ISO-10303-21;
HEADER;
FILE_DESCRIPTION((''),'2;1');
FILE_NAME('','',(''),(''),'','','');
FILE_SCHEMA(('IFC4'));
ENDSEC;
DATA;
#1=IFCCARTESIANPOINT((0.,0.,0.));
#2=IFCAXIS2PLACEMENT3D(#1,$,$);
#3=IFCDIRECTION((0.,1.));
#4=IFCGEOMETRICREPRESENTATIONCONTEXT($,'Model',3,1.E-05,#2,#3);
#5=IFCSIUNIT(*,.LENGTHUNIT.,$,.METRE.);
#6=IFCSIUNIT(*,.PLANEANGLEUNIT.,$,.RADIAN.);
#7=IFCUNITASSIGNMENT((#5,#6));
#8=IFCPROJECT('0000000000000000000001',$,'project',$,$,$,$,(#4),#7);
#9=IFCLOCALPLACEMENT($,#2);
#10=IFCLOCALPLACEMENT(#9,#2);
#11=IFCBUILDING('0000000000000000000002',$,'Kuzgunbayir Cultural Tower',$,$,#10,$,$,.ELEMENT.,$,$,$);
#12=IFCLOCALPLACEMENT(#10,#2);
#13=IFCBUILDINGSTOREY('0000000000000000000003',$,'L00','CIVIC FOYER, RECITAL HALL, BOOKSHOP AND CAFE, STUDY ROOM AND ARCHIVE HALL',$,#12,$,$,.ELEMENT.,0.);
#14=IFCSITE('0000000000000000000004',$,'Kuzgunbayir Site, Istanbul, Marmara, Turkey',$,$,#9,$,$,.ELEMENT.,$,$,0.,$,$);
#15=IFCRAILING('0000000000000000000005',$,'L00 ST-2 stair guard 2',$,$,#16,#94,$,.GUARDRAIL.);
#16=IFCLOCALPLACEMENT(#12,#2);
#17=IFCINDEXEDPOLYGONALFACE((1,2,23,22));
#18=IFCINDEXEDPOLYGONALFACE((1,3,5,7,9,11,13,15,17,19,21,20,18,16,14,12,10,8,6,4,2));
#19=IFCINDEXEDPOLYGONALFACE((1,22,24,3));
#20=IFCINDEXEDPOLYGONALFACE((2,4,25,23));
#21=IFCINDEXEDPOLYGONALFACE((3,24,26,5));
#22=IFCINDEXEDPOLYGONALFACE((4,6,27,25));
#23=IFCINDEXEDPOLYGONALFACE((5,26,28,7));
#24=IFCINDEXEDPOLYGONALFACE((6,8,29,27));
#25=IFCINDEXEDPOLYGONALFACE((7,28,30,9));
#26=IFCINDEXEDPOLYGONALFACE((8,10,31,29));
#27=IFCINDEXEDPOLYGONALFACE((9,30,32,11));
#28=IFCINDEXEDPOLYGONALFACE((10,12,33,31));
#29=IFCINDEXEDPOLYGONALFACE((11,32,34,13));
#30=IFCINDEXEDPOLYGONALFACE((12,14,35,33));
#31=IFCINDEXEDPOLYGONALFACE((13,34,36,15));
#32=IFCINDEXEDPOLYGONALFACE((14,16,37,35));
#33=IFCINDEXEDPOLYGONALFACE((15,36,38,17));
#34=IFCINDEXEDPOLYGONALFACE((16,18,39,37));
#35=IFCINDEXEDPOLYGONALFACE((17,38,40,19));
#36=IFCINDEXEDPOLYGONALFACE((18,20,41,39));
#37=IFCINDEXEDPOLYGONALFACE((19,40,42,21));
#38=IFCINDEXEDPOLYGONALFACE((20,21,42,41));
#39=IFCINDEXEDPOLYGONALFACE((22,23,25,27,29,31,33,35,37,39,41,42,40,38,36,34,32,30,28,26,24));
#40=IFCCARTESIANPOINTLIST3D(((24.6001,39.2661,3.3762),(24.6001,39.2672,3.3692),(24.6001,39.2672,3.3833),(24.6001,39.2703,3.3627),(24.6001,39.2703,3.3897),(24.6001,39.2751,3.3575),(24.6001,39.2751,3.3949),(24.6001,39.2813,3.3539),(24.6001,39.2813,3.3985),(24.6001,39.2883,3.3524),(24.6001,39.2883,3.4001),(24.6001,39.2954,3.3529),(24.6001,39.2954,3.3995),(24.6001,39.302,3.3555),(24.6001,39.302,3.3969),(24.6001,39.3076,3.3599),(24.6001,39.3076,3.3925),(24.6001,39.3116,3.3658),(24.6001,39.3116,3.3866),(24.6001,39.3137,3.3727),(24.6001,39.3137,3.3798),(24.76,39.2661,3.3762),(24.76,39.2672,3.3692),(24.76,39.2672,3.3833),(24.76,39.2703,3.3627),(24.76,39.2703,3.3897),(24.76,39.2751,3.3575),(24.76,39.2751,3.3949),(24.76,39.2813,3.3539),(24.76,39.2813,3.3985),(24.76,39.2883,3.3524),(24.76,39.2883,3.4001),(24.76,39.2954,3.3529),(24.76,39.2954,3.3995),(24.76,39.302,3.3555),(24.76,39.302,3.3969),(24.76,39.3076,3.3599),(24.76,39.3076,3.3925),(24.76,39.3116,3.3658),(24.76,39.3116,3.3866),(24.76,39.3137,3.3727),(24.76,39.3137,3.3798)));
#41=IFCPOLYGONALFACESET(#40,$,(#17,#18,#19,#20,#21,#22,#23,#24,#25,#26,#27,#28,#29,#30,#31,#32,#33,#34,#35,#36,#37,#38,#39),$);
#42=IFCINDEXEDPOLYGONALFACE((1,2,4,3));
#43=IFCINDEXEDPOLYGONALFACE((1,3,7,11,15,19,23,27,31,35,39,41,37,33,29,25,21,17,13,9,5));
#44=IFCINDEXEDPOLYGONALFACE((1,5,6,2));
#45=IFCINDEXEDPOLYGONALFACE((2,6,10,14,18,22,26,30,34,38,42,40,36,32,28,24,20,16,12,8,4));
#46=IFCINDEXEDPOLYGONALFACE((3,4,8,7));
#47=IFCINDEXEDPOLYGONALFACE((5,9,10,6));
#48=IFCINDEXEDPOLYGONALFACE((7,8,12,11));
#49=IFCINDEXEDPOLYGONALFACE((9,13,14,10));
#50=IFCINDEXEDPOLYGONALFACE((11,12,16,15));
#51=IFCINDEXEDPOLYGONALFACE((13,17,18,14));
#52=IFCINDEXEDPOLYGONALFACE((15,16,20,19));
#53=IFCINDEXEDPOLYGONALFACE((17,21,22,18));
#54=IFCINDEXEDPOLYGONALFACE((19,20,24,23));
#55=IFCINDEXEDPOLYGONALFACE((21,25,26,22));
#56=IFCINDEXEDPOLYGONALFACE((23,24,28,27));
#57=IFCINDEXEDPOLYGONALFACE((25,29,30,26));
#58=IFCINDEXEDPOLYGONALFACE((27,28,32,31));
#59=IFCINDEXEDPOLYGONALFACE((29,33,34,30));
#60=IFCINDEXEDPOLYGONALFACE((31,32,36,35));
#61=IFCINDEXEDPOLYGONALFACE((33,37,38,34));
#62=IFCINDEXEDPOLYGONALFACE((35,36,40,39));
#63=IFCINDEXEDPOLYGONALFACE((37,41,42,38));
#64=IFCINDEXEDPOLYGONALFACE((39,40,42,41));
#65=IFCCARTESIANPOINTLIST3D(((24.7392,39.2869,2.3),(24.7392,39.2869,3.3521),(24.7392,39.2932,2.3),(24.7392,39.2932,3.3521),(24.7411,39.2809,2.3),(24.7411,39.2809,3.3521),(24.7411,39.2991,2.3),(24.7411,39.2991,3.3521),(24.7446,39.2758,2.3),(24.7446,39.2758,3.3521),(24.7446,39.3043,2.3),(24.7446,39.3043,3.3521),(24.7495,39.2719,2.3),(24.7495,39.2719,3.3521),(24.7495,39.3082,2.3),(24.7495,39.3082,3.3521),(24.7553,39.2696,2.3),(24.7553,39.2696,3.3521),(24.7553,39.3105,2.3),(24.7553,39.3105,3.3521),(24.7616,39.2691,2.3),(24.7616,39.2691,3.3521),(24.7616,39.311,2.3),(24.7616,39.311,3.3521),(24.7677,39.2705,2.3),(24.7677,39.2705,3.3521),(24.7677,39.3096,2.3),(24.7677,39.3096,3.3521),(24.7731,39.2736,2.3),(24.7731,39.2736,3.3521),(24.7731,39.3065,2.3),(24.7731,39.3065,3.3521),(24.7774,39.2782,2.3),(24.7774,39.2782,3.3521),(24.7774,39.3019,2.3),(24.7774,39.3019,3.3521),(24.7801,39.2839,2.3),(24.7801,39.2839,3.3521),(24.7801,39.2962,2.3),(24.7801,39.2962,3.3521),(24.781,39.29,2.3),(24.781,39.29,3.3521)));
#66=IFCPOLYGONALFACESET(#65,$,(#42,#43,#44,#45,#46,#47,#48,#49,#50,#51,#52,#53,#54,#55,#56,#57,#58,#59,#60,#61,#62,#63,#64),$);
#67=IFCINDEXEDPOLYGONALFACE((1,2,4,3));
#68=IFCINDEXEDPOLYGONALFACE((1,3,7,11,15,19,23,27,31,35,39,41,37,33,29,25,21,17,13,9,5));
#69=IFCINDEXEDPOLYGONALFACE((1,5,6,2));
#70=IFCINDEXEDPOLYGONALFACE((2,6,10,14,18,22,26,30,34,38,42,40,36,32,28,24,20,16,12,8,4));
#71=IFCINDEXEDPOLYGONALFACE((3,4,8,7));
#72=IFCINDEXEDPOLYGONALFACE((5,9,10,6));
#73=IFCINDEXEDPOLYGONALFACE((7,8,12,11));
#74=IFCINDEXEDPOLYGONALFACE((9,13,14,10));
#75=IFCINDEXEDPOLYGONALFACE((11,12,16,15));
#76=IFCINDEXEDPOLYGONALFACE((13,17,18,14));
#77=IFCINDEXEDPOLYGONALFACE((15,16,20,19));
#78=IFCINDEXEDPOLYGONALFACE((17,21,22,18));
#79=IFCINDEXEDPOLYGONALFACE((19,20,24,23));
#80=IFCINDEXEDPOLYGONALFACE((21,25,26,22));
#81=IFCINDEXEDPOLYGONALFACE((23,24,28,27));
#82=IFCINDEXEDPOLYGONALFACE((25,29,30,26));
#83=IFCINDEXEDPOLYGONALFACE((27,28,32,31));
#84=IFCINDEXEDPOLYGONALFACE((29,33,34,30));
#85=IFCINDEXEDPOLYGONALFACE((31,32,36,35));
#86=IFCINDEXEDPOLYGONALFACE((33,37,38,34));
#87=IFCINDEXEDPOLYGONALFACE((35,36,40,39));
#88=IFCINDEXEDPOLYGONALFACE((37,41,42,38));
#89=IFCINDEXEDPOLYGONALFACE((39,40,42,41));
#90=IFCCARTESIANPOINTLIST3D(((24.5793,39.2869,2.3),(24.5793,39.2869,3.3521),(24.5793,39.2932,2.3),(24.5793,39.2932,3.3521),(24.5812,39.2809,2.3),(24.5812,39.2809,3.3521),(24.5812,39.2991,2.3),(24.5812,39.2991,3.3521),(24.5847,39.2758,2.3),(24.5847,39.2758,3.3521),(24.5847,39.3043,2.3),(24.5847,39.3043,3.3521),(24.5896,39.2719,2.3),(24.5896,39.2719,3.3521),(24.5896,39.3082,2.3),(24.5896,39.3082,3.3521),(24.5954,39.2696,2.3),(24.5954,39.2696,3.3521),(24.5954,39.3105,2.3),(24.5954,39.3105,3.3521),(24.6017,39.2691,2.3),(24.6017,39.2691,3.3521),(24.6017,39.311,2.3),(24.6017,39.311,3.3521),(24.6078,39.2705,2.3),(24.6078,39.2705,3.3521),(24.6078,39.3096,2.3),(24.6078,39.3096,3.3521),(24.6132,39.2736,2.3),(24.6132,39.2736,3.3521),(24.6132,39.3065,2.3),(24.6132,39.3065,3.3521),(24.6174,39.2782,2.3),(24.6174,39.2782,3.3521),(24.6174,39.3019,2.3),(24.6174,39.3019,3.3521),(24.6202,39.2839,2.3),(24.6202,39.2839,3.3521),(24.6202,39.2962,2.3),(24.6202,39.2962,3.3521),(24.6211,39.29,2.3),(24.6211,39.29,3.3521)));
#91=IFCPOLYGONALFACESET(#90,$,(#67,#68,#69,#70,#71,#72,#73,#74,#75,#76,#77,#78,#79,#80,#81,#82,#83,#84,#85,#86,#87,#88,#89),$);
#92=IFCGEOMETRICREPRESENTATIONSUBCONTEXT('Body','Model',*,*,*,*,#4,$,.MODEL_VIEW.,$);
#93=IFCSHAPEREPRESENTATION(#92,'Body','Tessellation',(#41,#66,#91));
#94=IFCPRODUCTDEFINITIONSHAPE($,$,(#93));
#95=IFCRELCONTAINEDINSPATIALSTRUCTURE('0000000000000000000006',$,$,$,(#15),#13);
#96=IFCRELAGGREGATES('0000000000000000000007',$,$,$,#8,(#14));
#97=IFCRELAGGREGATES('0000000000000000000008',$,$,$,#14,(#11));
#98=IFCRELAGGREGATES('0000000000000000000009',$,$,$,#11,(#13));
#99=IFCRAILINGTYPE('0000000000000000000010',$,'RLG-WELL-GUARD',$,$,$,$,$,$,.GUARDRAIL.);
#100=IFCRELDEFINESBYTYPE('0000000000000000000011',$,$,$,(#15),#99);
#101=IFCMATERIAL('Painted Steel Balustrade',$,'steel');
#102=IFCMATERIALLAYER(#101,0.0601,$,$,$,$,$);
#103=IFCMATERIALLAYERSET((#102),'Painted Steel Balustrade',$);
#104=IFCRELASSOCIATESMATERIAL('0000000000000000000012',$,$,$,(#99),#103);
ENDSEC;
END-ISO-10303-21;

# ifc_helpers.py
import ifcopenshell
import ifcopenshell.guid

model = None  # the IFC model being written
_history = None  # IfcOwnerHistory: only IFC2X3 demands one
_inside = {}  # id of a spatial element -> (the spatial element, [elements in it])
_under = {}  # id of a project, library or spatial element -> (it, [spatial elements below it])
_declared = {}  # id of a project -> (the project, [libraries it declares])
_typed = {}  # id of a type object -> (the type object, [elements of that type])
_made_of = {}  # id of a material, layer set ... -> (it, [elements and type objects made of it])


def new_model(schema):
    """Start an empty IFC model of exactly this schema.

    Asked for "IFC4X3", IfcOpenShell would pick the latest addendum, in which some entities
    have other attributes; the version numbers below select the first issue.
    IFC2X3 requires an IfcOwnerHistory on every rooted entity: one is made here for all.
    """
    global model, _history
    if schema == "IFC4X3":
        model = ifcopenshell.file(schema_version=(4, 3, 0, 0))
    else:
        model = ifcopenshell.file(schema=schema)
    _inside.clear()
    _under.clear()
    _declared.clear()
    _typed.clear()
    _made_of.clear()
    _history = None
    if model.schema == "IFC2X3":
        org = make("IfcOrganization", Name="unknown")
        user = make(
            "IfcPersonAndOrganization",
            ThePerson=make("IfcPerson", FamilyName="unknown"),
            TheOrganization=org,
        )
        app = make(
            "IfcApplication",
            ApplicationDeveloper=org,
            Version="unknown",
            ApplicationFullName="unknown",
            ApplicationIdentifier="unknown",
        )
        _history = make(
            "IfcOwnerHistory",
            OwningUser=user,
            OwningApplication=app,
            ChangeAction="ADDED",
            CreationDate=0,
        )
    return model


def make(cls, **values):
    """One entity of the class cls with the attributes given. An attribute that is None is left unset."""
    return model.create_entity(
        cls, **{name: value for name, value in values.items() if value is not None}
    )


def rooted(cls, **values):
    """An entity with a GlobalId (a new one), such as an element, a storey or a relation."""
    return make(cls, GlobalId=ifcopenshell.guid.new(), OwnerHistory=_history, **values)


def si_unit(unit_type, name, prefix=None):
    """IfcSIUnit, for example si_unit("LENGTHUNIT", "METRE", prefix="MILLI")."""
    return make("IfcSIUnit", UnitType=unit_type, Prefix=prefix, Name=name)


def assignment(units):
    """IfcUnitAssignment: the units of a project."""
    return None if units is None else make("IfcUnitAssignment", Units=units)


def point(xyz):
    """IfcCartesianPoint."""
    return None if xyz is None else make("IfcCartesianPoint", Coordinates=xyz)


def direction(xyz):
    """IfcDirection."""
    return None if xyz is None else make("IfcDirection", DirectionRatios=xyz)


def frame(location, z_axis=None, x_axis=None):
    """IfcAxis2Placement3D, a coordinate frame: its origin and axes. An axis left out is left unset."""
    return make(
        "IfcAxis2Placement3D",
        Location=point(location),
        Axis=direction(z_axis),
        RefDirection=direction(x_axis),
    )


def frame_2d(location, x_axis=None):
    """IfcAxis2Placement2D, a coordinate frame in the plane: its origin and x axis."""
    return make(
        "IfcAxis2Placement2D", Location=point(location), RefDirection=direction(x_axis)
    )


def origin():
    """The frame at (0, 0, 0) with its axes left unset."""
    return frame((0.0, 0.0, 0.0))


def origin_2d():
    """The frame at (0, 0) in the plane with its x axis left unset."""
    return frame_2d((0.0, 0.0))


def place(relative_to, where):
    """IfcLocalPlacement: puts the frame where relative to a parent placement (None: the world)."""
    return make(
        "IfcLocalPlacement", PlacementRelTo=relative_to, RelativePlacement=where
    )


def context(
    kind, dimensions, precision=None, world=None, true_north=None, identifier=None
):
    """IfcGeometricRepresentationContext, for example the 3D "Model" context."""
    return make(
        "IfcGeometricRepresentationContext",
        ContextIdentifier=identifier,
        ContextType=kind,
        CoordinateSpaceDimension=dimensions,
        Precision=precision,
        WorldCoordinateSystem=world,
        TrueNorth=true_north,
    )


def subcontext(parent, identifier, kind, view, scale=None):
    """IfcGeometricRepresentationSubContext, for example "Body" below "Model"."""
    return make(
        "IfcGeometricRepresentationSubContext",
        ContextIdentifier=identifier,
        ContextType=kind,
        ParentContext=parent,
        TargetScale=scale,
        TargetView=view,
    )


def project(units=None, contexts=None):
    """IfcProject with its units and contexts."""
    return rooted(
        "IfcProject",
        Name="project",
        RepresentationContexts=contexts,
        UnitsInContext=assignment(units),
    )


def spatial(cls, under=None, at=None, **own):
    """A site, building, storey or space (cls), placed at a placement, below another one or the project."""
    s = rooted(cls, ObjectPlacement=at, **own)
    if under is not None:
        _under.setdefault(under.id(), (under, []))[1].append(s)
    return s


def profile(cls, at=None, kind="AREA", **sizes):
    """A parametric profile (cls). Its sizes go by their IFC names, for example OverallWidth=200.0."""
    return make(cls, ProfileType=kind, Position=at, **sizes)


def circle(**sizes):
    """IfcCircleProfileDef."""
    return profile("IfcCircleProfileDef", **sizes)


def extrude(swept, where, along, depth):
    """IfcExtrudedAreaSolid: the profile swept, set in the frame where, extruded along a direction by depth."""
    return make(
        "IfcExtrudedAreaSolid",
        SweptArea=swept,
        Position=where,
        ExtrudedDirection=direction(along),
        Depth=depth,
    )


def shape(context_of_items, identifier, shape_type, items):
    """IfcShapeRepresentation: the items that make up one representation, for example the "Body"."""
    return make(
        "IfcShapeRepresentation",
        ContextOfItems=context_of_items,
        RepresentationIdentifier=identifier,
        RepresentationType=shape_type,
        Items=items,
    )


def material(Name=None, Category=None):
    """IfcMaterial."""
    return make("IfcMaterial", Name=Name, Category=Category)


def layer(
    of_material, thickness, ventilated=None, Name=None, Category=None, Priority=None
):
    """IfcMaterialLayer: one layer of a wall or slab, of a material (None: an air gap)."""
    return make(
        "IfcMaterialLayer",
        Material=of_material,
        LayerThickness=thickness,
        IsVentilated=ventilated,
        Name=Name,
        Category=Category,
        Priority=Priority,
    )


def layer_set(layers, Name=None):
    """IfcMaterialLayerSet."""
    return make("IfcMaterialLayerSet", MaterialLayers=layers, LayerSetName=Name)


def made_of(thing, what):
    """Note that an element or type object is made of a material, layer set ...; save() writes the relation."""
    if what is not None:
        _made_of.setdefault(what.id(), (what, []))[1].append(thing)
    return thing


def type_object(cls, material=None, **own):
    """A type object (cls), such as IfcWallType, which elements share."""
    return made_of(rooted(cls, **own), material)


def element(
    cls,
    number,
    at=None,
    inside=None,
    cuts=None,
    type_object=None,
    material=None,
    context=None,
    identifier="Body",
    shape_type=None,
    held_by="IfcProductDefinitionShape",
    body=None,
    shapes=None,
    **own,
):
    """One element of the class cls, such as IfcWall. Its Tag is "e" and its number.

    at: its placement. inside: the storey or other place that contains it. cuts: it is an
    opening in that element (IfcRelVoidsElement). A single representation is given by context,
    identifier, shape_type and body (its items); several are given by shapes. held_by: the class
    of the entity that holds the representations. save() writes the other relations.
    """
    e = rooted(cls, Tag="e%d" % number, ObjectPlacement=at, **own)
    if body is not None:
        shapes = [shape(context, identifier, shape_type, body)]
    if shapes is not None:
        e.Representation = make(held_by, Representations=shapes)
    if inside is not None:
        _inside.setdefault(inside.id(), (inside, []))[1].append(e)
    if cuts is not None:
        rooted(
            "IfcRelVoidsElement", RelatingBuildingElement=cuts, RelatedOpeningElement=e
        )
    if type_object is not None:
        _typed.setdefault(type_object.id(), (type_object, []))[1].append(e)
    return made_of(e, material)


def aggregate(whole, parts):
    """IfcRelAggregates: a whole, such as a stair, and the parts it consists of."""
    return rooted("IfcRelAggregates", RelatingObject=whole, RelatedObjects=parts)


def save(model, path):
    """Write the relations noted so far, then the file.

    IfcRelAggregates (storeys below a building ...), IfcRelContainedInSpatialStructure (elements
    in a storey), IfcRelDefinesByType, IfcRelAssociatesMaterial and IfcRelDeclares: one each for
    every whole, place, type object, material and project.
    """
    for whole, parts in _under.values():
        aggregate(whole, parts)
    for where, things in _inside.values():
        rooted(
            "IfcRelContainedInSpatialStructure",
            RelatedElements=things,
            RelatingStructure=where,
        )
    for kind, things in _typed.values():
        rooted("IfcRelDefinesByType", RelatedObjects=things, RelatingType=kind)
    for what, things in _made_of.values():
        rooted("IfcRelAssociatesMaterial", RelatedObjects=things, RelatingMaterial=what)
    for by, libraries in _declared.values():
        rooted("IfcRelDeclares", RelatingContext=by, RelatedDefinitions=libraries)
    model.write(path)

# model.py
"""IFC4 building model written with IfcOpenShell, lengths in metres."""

from ifc_helpers import new_model, si_unit, direction, frame, origin, origin_2d, place, context, subcontext, project, spatial, circle, extrude, material, layer, layer_set, type_object, element, save


model = new_model("IFC4")

# Units and contexts
model_context = context("Model", 3, precision=1e-05, world=origin(), true_north=direction((0.0, 1.0)))
body_context = subcontext(model_context, "Body", "Model", "MODEL_VIEW")
ifc_project = project(units=[si_unit("LENGTHUNIT", "METRE"), si_unit("PLANEANGLEUNIT", "RADIAN")], contexts=[model_context])

# Site, building, storey
site_placement = place(None, origin())
site = spatial("IfcSite", under=ifc_project, at=site_placement, Name="Kuzgunbayir Site, Istanbul, Marmara, Turkey", CompositionType="ELEMENT", RefElevation=0.0)
building_placement = place(site_placement, origin())
building = spatial("IfcBuilding", under=site, at=building_placement, Name="Kuzgunbayir Cultural Tower", CompositionType="ELEMENT")
storey_placement = place(building_placement, origin())
storey = spatial("IfcBuildingStorey", under=building, at=storey_placement, Name="L00", Description="CIVIC FOYER, RECITAL HALL, BOOKSHOP AND CAFE, STUDY ROOM AND ARCHIVE HALL", CompositionType="ELEMENT", Elevation=0.0)

# Railing
ifc_material_1 = material(Name="Painted Steel Balustrade", Category="steel")
ifc_layer_1 = layer(ifc_material_1, 0.0601)
ifc_layer_set_1 = layer_set([ifc_layer_1], Name="Painted Steel Balustrade")
railing_type_1 = type_object("IfcRailingType", Name="RLG-WELL-GUARD", PredefinedType="GUARDRAIL", material=ifc_layer_set_1)
railing_1_placement = place(storey_placement, frame((24.76, 39.29, 2.3)))
element("IfcRailing", 1, at=railing_1_placement, inside=storey, type_object=railing_type_1, Name="L00 ST-2 stair guard 2", PredefinedType="GUARDRAIL", context=body_context, shape_type="SweptSolid", body=[
    extrude(circle(Radius=0.0239, at=origin_2d()), frame((0.0, 0.0, 1.0762), z_axis=(-1.0, 0.0, 0.0), x_axis=(0.0, -1.0, 0.0)), (0.0, 0.0, 1.0), 0.1599),
    extrude(circle(Radius=0.021, at=origin_2d()), origin(), (0.0, 0.0, 1.0), 1.052),
    extrude(circle(Radius=0.021, at=origin_2d()), frame((-0.1599, 0.0, 0.0)), (0.0, 0.0, 1.0), 1.052),
])

save(model, "model.ifc")
